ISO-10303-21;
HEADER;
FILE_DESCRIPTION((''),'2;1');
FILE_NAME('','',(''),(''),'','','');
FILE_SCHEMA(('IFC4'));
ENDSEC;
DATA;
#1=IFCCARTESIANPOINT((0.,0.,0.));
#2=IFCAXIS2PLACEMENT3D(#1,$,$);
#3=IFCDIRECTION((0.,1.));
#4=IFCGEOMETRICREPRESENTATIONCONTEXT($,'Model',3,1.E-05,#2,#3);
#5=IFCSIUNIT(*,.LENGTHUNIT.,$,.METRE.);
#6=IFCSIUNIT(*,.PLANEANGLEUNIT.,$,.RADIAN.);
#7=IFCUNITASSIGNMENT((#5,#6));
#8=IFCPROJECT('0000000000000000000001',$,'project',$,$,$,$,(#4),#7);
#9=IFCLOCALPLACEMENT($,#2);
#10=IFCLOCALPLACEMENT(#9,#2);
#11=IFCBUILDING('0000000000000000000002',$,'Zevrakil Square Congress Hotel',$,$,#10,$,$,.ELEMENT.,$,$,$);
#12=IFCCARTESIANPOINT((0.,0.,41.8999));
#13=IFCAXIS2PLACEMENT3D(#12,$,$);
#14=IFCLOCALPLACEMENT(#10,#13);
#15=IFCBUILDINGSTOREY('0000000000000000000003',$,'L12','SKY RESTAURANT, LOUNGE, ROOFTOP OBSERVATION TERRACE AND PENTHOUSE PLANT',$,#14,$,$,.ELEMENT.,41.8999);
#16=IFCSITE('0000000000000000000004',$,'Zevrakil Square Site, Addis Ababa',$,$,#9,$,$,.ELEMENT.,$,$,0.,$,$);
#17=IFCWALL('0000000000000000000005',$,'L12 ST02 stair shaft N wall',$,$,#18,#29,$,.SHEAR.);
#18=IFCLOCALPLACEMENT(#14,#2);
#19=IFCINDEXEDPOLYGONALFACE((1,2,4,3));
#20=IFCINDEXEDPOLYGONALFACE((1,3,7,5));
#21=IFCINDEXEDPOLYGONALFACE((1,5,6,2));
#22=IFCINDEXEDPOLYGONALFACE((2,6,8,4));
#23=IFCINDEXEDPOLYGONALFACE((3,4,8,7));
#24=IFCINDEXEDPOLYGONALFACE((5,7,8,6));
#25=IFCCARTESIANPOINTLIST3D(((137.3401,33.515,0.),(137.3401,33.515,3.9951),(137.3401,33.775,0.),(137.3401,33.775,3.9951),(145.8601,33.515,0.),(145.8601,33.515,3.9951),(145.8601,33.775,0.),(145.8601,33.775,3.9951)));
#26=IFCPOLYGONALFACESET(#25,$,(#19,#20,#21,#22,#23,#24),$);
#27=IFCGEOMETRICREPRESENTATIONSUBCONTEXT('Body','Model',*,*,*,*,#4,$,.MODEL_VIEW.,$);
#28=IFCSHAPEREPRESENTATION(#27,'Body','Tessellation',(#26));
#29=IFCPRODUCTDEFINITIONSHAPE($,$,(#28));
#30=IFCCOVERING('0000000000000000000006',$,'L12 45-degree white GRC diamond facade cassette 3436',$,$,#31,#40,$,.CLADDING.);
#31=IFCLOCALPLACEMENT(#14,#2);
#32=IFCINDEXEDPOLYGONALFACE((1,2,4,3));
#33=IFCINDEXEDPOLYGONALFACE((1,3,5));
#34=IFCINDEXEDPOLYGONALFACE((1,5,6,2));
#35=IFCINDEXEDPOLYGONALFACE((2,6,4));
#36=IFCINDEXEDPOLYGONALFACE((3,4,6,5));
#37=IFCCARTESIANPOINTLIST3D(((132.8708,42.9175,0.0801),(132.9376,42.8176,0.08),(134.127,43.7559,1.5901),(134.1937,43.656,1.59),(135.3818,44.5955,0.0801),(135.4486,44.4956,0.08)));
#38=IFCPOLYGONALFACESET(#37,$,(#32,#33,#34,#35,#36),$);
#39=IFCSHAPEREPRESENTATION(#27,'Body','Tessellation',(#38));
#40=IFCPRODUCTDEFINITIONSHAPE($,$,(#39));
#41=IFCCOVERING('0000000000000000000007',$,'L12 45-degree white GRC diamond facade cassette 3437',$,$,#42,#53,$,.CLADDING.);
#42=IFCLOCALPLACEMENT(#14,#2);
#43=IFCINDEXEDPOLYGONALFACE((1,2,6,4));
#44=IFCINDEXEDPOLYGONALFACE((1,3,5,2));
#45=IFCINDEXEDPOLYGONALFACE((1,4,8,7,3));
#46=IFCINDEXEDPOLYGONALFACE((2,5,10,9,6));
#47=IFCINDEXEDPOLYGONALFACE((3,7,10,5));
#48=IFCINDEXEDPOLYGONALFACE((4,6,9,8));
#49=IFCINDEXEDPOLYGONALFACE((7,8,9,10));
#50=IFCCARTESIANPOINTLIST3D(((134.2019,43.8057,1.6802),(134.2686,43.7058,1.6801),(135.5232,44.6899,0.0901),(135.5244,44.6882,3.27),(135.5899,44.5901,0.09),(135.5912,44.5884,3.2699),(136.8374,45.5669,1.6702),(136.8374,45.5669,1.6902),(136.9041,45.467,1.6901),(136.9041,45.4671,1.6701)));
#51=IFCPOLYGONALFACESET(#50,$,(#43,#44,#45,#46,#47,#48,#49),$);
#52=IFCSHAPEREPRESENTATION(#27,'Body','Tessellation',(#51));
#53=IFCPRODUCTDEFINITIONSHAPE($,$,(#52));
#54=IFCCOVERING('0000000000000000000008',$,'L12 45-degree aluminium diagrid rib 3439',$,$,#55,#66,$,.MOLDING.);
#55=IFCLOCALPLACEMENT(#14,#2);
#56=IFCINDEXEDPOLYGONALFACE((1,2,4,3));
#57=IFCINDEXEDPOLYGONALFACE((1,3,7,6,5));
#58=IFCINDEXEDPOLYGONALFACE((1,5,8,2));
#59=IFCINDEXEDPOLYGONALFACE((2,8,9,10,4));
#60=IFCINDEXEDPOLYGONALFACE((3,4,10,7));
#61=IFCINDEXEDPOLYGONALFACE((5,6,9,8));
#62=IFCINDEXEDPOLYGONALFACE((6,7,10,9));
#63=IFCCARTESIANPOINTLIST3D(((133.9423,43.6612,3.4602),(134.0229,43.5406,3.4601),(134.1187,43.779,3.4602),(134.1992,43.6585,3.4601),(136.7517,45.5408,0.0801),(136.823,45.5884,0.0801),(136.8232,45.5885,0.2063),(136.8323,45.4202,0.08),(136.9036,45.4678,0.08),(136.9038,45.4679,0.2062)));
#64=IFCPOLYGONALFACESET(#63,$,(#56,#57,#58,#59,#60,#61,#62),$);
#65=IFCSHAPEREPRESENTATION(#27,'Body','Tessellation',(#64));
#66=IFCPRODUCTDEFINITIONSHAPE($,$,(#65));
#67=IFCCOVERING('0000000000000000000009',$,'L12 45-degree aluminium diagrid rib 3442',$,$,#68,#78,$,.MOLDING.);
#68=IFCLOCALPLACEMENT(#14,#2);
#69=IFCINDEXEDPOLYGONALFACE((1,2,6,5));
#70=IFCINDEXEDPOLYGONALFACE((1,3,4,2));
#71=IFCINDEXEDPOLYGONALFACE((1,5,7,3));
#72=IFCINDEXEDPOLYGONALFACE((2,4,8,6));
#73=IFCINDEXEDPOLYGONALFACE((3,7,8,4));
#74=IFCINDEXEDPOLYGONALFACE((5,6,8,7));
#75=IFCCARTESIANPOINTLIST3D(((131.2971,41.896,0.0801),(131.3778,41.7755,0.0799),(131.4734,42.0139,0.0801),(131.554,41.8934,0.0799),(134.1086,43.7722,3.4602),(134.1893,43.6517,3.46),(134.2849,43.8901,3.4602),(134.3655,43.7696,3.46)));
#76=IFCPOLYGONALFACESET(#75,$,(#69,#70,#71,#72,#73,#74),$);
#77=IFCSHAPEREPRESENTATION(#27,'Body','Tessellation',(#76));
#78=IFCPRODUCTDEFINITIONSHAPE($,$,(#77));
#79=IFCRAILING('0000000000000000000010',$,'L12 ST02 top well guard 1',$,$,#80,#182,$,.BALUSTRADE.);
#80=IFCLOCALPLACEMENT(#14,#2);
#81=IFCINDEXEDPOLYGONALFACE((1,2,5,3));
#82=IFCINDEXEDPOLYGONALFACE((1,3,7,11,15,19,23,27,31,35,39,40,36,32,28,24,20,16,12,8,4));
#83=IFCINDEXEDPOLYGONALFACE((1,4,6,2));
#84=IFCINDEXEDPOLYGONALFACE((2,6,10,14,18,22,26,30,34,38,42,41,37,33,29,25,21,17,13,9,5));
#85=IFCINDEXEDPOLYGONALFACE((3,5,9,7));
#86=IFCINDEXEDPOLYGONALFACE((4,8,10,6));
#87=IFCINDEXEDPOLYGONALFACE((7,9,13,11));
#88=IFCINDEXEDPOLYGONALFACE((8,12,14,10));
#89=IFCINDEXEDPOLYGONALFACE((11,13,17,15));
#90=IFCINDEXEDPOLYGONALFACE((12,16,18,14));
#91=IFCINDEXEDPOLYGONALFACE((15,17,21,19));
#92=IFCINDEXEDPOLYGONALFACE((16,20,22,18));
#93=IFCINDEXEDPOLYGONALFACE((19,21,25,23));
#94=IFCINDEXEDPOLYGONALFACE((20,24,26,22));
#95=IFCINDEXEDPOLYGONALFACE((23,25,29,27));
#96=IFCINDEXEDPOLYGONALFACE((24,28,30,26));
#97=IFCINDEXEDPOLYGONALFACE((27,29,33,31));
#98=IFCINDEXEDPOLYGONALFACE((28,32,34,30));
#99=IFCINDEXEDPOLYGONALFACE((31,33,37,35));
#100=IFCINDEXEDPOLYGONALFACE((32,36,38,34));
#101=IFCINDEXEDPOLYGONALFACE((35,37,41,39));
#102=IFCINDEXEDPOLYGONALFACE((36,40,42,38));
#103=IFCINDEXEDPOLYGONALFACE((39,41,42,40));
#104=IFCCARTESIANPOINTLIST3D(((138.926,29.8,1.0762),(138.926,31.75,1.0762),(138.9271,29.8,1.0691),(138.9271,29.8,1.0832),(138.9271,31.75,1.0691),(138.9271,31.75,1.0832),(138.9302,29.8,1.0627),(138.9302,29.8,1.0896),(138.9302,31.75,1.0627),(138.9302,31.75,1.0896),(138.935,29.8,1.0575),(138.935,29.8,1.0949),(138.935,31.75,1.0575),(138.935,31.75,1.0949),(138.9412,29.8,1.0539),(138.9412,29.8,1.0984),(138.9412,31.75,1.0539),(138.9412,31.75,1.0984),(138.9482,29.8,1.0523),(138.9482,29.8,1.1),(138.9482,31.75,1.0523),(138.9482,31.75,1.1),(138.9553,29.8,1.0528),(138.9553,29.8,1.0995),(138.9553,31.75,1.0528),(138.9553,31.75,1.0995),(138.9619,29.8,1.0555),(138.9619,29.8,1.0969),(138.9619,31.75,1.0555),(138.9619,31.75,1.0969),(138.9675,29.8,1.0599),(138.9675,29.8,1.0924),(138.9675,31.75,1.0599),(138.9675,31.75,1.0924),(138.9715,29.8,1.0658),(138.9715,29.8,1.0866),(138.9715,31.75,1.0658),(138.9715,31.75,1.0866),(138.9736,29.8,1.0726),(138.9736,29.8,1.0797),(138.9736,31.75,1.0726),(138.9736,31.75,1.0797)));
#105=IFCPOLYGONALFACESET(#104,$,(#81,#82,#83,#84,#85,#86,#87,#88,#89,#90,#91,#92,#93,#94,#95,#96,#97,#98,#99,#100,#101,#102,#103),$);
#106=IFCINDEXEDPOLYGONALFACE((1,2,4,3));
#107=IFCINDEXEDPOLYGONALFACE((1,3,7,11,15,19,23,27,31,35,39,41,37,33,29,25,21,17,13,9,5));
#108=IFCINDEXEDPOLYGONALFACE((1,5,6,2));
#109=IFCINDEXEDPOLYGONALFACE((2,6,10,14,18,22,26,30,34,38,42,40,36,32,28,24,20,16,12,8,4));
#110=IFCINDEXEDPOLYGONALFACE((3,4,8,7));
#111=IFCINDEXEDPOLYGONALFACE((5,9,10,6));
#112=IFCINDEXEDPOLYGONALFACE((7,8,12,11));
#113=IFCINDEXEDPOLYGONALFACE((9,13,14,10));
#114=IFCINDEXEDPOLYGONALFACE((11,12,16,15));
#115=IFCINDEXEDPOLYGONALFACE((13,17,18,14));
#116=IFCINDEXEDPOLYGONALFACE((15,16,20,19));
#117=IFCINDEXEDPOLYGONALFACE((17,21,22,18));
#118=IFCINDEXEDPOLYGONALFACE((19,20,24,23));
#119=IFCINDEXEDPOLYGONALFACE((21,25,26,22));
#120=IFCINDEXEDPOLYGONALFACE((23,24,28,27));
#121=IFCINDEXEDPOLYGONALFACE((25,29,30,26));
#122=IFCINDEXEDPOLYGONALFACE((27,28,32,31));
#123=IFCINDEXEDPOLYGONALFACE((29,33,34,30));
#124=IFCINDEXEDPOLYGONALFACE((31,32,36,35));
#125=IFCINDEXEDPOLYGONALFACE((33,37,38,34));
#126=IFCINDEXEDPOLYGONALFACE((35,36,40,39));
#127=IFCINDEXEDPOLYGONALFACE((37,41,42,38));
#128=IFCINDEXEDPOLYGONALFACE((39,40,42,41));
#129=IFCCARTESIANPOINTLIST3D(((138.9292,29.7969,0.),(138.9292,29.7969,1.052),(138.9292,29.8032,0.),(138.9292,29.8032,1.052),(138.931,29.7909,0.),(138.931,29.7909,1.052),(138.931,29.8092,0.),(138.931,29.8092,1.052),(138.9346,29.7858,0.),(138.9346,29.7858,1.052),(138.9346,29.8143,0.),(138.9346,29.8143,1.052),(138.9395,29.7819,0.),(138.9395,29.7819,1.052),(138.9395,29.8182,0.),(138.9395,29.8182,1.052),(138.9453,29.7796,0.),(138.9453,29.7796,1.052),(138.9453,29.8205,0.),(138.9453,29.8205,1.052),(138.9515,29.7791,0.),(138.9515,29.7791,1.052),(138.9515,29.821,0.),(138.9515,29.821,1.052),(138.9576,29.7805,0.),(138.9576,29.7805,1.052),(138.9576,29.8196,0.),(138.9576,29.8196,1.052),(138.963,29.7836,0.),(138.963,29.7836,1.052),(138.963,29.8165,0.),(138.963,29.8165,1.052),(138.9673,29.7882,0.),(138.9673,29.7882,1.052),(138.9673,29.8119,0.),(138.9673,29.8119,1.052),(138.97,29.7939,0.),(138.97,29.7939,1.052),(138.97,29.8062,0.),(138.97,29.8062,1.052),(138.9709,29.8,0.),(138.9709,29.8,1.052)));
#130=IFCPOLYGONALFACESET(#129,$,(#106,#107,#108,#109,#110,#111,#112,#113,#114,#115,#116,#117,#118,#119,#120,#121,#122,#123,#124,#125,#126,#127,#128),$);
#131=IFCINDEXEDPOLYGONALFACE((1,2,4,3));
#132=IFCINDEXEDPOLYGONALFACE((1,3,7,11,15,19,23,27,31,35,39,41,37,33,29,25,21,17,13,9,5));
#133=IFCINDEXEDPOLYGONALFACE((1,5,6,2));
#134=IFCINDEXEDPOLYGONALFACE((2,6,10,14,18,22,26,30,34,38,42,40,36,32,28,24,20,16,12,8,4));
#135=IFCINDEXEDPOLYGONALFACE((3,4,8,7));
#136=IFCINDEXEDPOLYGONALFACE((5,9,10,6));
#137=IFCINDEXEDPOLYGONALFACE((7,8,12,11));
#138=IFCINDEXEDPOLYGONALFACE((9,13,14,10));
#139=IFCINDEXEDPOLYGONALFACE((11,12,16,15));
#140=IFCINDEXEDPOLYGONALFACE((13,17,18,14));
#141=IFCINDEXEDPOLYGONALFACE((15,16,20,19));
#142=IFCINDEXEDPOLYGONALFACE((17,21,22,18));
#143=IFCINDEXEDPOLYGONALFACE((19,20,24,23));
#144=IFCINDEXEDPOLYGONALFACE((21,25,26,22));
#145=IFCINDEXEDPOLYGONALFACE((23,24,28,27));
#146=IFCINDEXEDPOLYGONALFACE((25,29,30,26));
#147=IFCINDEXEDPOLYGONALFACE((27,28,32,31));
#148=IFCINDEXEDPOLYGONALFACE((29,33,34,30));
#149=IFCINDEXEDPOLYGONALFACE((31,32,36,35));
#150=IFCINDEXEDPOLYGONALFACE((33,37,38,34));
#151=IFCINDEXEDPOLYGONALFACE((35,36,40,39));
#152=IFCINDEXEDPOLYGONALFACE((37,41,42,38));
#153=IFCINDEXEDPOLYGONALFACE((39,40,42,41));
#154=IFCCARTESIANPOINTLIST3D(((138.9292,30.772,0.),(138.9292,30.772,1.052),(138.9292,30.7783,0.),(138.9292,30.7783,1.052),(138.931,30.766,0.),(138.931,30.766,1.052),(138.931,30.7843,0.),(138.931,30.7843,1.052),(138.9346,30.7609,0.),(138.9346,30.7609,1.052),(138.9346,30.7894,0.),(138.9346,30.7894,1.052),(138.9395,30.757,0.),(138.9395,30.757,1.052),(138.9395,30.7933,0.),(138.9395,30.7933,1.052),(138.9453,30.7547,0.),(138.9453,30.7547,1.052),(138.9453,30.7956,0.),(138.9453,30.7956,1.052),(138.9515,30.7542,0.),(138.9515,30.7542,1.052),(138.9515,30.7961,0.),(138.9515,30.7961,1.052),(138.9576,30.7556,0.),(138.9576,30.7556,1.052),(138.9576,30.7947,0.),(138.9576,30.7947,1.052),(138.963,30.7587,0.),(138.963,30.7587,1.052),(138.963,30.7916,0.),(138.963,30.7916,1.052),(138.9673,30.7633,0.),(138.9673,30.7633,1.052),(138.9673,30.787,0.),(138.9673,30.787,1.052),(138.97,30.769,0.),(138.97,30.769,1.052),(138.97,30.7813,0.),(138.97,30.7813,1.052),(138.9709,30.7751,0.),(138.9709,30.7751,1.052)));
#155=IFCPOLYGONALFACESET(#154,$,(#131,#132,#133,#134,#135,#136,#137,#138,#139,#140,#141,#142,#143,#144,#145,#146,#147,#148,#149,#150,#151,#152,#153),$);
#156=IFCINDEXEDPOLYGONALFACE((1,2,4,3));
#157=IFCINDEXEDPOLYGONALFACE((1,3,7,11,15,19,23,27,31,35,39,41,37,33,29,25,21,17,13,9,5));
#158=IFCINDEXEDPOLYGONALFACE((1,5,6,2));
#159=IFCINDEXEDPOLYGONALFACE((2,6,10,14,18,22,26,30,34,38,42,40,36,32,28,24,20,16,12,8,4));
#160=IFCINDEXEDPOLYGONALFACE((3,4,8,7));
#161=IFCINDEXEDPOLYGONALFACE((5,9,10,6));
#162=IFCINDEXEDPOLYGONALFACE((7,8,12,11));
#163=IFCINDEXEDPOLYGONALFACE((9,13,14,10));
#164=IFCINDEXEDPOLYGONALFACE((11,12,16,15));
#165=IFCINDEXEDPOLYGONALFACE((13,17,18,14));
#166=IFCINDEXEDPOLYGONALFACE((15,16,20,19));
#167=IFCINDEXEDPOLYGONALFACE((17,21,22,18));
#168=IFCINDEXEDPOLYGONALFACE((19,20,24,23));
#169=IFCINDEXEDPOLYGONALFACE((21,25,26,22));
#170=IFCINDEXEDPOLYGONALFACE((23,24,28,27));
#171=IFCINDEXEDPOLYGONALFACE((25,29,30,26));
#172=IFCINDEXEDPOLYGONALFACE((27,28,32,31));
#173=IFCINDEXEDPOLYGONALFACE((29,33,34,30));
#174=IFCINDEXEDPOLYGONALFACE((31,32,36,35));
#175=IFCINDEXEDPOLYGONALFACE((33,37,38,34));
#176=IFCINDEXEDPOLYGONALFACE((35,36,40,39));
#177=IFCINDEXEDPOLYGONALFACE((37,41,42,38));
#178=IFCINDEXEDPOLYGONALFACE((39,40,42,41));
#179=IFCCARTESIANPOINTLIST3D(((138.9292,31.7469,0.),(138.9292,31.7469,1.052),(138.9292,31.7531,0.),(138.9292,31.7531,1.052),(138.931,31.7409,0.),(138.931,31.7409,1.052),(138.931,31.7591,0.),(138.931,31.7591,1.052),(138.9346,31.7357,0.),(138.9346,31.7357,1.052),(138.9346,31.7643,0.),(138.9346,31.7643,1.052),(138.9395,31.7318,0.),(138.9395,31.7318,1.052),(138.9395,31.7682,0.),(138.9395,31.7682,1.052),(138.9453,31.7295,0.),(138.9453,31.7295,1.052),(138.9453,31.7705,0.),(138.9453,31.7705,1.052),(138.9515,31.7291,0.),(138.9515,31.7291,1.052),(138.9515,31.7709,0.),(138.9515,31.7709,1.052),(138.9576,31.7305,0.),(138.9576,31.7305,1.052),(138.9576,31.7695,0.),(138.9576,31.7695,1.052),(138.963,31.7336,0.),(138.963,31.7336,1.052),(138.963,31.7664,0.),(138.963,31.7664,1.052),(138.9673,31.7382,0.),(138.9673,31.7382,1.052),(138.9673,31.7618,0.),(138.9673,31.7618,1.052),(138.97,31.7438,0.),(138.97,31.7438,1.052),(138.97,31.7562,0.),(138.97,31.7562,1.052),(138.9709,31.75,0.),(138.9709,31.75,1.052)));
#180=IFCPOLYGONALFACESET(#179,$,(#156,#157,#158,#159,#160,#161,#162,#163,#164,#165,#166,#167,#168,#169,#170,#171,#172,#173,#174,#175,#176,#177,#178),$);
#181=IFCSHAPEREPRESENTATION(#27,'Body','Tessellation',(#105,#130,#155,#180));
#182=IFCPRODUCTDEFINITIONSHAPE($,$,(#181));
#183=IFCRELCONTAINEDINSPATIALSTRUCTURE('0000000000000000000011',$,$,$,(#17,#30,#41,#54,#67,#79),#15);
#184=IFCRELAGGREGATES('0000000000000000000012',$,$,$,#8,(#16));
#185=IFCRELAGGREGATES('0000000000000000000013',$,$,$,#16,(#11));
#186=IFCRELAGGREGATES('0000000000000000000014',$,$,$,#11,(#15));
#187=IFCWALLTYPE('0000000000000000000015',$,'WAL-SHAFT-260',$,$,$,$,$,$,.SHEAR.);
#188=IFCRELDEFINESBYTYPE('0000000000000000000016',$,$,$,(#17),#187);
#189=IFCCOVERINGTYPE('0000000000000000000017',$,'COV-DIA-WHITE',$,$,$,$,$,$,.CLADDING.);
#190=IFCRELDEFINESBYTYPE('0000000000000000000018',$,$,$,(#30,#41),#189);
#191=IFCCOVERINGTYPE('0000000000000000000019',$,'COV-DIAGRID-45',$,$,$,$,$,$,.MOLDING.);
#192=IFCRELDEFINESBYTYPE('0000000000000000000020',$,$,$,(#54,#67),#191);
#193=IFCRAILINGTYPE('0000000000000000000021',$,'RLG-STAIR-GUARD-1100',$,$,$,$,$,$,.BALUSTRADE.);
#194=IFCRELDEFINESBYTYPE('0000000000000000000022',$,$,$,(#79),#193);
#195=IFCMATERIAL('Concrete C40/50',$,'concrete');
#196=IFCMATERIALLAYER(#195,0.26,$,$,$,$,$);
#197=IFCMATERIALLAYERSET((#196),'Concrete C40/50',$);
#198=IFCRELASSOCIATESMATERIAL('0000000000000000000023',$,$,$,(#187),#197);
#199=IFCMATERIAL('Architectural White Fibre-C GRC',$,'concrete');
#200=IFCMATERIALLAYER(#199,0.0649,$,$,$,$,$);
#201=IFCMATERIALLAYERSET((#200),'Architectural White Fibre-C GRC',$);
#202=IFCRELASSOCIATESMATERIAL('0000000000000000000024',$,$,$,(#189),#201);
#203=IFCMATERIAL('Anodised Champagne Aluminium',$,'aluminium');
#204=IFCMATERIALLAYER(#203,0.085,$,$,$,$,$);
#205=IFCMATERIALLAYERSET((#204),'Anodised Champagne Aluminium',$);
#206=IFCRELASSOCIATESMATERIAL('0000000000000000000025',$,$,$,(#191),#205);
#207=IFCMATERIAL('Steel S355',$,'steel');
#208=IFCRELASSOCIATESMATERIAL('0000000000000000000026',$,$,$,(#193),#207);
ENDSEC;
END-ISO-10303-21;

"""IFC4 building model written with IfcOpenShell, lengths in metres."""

from ifc_helpers import new_model, si_unit, direction, frame, frame_2d, origin, origin_2d, place, context, subcontext, project, spatial, polyline, rectangle, circle, outline, extrude, material, layer, layer_set, type_object, element, save


model = new_model("IFC4")

# Units and contexts
model_context = context("Model", 3, precision=1e-05, world=origin(), true_north=direction((0.0, 1.0)))
body_context = subcontext(model_context, "Body", "Model", "MODEL_VIEW")
ifc_project = project(units=[si_unit("LENGTHUNIT", "METRE"), si_unit("PLANEANGLEUNIT", "RADIAN")], contexts=[model_context])

# Site, building, storey
site_placement = place(None, origin())
site = spatial("IfcSite", under=ifc_project, at=site_placement, Name="Zevrakil Square Site, Addis Ababa", CompositionType="ELEMENT", RefElevation=0.0)
building_placement = place(site_placement, origin())
building = spatial("IfcBuilding", under=site, at=building_placement, Name="Zevrakil Square Congress Hotel", CompositionType="ELEMENT")
storey_placement = place(building_placement, frame((0.0, 0.0, 41.8999)))
storey = spatial("IfcBuildingStorey", under=building, at=storey_placement, Name="L12", Description="SKY RESTAURANT, LOUNGE, ROOFTOP OBSERVATION TERRACE AND PENTHOUSE PLANT", CompositionType="ELEMENT", Elevation=41.8999)

# Shared definitions
ifc_material_1 = material(Name="Concrete C40/50", Category="concrete")
ifc_layer_1 = layer(ifc_material_1, 0.26)
ifc_layer_set_1 = layer_set([ifc_layer_1], Name="Concrete C40/50")
wall_type_1 = type_object("IfcWallType", Name="WAL-SHAFT-260", PredefinedType="SHEAR", material=ifc_layer_set_1)

# Wall
for number, where, z_axis, x_axis, name in (
    (1, (137.3401, 33.645, 0.0), (0.0, 0.0, 1.0), (1.0, 0.0, 0.0), "L12 ST02 stair shaft N wall"),
):
    element("IfcWall", number, at=place(storey_placement, frame(where, z_axis=z_axis, x_axis=x_axis)), inside=storey, type_object=wall_type_1, Name=name, PredefinedType="SHEAR", context=body_context, shape_type="SweptSolid", body=[
        extrude(rectangle(XDim=8.52, YDim=0.26, at=frame_2d((4.26, 0.0))), origin(), (0.0, 0.0, 1.0), 3.9951),
    ])

# Coverings
ifc_material_2 = material(Name="Architectural White Fibre-C GRC", Category="concrete")
ifc_layer_2 = layer(ifc_material_2, 0.0649)
ifc_layer_set_2 = layer_set([ifc_layer_2], Name="Architectural White Fibre-C GRC")
covering_type_1 = type_object("IfcCoveringType", Name="COV-DIA-WHITE", PredefinedType="CLADDING", material=ifc_layer_set_2)
covering_1_placement = place(storey_placement, frame((134.127, 43.7559, 1.5901), z_axis=(-0.555614, 0.83144, 0.000561), x_axis=(-0.588172, -0.392572, -0.707064)))
element("IfcCovering", 2, at=covering_1_placement, inside=storey, type_object=covering_type_1, Name="L12 45-degree white GRC diamond facade cassette 3436", PredefinedType="CLADDING", context=body_context, shape_type="SweptSolid", body=[
    extrude(outline(polyline([(0.0, 0.0), (2.1356, 0.0), (0.0, -2.1354), (0.0, 0.0)])), origin(), (0.0, 0.0, -1.0), 0.1201),
])
covering_2_placement = place(storey_placement, frame((135.5244, 44.6882, 3.27), z_axis=(-0.555624, 0.831433, 0.000658), x_axis=(-0.588191, -0.392512, -0.707082)))
element("IfcCovering", 3, at=covering_2_placement, inside=storey, type_object=covering_type_1, Name="L12 45-degree white GRC diamond facade cassette 3437", PredefinedType="CLADDING", context=body_context, shape_type="SweptSolid", body=[
    extrude(outline(polyline([(0.0, 0.0), (2.2485, 0.0), (2.2485, -2.2486), (0.0141, -2.2484), (-0.0001, -2.2342), (0.0, 0.0)])), origin(), (0.0, 0.0, -1.0), 0.1201),
])
ifc_material_3 = material(Name="Anodised Champagne Aluminium", Category="aluminium")
ifc_layer_3 = layer(ifc_material_3, 0.085)
ifc_layer_set_3 = layer_set([ifc_layer_3], Name="Anodised Champagne Aluminium")
covering_type_2 = type_object("IfcCoveringType", Name="COV-DIAGRID-45", PredefinedType="MOLDING", material=ifc_layer_set_3)
covering_3_placement = place(storey_placement, frame((136.7517, 45.5408, 0.0801), z_axis=(-0.555633, 0.831427, 0.000513), x_axis=(0.831428, 0.555633, 0.0)))
element("IfcCovering", 4, at=covering_3_placement, inside=storey, type_object=covering_type_2, Name="L12 45-degree aluminium diagrid rib 3439", PredefinedType="MOLDING", context=body_context, shape_type="SweptSolid", body=[
    extrude(outline(polyline([(0.0, 0.0), (0.0857, 0.0), (0.0859, -0.1262), (-3.1681, -3.3801), (-3.3801, -3.3801), (0.0, 0.0)])), origin(), (0.0, 0.0, -1.0), 0.145),
])
covering_4_placement = place(storey_placement, frame((134.2849, 43.8901, 3.4602), z_axis=(-0.556027, 0.831163, 0.001136), x_axis=(-0.831164, -0.556028, 0.0)))
element("IfcCovering", 5, at=covering_4_placement, inside=storey, type_object=covering_type_2, Name="L12 45-degree aluminium diagrid rib 3442", PredefinedType="MOLDING", context=body_context, shape_type="SweptSolid", body=[
    extrude(outline(polyline([(0.0, 0.0), (0.2121, 0.0), (3.5921, -3.3801), (3.3801, -3.3801), (0.0, 0.0)])), origin(), (0.0, 0.0, -1.0), 0.145),
])

# Railing
ifc_material_4 = material(Name="Steel S355", Category="steel")
railing_type = type_object("IfcRailingType", Name="RLG-STAIR-GUARD-1100", PredefinedType="BALUSTRADE", material=ifc_material_4)
railing_placement = place(storey_placement, frame((138.95, 29.8, 0.0)))
element("IfcRailing", 6, at=railing_placement, inside=storey, type_object=railing_type, Name="L12 ST02 top well guard 1", PredefinedType="BALUSTRADE", context=body_context, shape_type="SweptSolid", body=[
    extrude(circle(Radius=0.0239, at=origin_2d()), frame((0.0, 0.0, 1.0762), z_axis=(0.0, 1.0, 0.0), x_axis=(-1.0, 0.0, 0.0)), (0.0, 0.0, 1.0), 1.95),
    extrude(circle(Radius=0.021, at=origin_2d()), origin(), (0.0, 0.0, 1.0), 1.052),
    extrude(circle(Radius=0.021, at=origin_2d()), frame((0.0, 0.9751, 0.0)), (0.0, 0.0, 1.0), 1.052),
    extrude(circle(Radius=0.021, at=origin_2d()), frame((0.0, 1.95, 0.0)), (0.0, 0.0, 1.0), 1.052),
])

save(model, "model.ifc")
